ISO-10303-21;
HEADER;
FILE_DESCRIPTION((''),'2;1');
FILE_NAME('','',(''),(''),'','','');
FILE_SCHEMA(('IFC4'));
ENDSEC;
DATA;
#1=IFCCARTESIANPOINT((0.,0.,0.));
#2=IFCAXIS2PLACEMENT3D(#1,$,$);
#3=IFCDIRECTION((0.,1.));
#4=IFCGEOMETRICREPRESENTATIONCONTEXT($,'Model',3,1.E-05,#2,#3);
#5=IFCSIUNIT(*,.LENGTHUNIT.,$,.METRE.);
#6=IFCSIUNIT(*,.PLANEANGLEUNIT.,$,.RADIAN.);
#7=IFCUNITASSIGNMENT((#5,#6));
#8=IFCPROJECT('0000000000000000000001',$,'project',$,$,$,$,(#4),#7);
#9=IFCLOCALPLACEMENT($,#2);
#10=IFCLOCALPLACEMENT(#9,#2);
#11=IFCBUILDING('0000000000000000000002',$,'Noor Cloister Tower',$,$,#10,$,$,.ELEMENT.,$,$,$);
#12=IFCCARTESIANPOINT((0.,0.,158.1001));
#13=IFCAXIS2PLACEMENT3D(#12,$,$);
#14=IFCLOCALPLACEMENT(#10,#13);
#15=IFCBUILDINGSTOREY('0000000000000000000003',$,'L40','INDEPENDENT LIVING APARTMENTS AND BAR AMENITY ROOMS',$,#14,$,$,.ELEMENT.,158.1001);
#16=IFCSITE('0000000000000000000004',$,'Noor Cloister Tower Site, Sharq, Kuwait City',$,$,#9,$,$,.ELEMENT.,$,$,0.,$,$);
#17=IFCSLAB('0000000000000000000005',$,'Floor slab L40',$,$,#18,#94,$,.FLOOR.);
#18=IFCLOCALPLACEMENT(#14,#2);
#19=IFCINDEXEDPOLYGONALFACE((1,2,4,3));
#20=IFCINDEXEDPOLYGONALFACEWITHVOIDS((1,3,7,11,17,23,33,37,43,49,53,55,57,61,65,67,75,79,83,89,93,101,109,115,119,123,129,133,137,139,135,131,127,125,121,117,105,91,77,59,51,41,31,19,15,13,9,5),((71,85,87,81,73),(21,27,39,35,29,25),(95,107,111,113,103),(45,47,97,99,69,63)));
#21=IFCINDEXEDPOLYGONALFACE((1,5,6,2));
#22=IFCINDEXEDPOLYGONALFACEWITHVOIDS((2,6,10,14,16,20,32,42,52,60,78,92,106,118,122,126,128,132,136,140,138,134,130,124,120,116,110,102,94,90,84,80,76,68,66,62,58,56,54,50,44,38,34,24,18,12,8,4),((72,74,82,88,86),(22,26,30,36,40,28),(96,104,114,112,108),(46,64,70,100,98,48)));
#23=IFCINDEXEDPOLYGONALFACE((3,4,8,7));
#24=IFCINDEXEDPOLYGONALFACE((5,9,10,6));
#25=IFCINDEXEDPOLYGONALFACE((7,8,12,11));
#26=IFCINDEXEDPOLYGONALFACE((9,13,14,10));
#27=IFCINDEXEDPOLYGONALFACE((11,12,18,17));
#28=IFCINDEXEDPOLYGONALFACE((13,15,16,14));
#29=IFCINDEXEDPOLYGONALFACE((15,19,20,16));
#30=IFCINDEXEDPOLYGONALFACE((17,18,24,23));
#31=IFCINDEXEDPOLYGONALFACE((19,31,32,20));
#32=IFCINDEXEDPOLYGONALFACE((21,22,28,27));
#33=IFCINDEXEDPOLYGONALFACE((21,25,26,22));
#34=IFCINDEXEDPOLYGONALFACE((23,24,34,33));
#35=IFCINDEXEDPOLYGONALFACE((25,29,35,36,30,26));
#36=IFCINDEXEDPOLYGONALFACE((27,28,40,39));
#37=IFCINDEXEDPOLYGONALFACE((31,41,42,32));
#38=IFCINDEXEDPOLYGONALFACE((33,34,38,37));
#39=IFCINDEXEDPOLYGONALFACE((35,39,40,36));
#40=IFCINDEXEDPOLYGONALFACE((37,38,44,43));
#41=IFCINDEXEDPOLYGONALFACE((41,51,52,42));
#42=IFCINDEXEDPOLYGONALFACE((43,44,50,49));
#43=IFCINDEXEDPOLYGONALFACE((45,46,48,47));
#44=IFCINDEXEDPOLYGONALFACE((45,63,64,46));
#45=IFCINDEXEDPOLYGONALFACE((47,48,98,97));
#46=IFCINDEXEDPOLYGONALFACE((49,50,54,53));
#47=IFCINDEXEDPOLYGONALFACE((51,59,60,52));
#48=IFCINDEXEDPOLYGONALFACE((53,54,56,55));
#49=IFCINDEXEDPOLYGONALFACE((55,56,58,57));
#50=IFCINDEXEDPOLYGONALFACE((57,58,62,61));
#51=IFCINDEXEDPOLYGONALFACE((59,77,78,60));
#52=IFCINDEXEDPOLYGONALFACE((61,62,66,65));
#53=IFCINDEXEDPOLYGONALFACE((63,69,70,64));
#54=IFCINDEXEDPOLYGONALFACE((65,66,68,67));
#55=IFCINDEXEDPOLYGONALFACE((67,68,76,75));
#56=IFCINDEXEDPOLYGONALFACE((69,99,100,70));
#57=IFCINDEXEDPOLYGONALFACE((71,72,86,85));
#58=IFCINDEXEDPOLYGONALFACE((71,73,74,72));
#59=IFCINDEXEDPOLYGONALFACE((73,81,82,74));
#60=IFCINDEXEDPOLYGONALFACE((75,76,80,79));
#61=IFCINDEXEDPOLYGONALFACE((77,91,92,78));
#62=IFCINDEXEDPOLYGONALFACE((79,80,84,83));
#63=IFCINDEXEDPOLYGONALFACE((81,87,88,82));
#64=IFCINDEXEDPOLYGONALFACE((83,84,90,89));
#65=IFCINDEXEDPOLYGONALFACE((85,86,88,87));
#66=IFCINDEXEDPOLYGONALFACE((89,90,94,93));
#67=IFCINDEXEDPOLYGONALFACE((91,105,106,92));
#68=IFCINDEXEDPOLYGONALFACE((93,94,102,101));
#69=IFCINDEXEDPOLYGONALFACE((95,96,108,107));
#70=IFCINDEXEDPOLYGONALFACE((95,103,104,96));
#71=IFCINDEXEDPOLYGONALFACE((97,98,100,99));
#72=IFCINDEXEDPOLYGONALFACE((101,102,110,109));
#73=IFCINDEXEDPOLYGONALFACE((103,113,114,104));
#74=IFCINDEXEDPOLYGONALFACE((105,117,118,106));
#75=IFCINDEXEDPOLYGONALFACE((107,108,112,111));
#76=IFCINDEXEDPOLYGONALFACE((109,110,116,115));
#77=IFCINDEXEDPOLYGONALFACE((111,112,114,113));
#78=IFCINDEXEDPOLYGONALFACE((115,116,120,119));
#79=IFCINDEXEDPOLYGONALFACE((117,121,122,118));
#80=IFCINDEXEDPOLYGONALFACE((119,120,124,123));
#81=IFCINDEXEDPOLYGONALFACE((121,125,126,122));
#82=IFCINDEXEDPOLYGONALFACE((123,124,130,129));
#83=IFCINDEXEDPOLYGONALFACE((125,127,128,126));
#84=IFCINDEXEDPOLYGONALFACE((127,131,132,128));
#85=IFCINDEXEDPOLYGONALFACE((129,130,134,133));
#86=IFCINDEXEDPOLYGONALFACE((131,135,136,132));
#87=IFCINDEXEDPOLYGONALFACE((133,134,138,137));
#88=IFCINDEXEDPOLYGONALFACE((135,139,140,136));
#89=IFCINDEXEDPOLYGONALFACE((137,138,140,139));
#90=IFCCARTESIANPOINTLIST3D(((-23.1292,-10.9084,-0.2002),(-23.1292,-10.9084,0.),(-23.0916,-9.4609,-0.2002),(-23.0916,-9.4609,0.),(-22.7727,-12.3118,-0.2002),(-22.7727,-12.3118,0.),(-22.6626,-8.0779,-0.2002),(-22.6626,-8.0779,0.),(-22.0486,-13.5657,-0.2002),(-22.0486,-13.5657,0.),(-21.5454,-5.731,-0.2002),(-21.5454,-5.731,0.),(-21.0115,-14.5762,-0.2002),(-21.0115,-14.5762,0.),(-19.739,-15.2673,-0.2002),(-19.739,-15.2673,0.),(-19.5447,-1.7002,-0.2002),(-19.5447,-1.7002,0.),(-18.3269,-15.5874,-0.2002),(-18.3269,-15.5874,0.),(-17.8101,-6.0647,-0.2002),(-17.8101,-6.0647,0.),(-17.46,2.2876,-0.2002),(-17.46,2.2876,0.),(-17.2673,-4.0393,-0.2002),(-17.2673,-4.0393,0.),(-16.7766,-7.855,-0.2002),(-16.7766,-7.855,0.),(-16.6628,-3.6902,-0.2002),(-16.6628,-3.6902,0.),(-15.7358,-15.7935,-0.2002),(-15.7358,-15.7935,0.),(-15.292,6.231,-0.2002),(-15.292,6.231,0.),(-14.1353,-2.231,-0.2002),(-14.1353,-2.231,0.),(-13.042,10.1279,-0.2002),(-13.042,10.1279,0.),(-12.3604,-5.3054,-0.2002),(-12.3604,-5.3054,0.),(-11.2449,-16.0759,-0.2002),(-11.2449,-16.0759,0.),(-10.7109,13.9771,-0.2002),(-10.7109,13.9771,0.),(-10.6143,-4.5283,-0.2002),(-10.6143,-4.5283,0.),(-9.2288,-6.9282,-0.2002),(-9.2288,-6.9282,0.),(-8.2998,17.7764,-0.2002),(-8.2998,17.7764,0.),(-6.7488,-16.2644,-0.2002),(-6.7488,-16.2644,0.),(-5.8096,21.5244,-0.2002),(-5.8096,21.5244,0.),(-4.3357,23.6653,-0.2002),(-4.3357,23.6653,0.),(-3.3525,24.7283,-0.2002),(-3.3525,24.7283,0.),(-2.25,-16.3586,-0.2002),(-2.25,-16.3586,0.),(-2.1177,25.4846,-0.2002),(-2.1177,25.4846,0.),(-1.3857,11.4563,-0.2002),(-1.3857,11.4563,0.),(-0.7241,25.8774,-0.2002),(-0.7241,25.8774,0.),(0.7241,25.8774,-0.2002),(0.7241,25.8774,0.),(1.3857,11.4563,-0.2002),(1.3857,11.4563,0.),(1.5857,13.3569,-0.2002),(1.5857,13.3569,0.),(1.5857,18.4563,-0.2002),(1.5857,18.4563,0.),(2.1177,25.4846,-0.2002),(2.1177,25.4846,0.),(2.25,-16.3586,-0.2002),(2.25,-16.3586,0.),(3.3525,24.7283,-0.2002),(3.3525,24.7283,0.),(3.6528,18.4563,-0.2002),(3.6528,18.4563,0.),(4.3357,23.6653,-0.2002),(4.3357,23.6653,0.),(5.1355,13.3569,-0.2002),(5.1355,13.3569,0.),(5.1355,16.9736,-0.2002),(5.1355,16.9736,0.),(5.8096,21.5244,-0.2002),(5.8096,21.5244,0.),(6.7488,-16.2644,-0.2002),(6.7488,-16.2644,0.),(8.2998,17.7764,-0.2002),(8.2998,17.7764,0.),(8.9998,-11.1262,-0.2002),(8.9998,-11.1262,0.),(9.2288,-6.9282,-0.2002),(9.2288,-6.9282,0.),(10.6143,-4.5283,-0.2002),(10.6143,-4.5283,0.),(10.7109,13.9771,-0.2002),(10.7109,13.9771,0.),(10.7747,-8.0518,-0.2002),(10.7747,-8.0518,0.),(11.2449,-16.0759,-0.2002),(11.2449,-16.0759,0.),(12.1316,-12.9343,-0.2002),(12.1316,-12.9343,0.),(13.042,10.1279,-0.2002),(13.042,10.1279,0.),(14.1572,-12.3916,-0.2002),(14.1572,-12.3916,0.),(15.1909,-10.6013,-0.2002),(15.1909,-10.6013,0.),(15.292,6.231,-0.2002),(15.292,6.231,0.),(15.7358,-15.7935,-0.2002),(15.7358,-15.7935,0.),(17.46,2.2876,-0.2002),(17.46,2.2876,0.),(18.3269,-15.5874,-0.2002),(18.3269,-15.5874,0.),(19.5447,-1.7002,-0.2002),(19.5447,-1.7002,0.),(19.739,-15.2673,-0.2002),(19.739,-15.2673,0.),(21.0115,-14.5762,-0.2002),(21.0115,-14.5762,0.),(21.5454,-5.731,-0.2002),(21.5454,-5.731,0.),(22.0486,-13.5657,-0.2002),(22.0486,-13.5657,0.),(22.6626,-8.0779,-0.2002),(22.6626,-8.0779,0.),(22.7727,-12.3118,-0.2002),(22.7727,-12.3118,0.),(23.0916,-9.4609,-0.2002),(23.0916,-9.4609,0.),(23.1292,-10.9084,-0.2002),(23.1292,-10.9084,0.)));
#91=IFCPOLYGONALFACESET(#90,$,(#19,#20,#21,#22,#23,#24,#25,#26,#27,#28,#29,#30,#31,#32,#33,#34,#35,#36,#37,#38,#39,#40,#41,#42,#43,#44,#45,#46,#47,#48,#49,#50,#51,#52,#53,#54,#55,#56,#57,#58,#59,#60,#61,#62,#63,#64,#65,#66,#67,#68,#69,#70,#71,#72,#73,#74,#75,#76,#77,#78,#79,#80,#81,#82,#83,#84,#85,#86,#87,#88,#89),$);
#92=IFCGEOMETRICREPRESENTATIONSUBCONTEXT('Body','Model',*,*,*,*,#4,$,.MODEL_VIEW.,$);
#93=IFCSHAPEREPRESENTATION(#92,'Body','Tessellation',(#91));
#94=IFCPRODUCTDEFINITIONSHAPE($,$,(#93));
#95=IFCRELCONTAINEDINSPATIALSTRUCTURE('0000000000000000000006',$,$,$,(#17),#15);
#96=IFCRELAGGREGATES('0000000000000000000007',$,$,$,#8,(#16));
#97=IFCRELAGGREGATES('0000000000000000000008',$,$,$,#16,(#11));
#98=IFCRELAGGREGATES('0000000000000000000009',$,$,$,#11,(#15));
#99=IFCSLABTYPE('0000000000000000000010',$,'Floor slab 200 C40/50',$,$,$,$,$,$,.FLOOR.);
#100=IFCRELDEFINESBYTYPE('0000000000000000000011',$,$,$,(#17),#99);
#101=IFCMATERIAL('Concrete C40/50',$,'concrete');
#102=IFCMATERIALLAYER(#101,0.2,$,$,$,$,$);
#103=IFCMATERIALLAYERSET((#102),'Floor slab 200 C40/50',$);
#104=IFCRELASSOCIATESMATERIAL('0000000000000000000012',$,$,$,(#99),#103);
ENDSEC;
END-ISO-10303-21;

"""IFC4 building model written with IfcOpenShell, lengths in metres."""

from ifc_helpers import new_model, si_unit, direction, frame, origin, place, context, subcontext, project, spatial, polyline, outline, extrude, material, layer, layer_set, type_object, element, save


model = new_model("IFC4")

# Units and contexts
model_context = context("Model", 3, precision=1e-05, world=origin(), true_north=direction((0.0, 1.0)))
body_context = subcontext(model_context, "Body", "Model", "MODEL_VIEW")
ifc_project = project(units=[si_unit("LENGTHUNIT", "METRE"), si_unit("PLANEANGLEUNIT", "RADIAN")], contexts=[model_context])

# Site, building, storey
site_placement = place(None, origin())
site = spatial("IfcSite", under=ifc_project, at=site_placement, Name="Noor Cloister Tower Site, Sharq, Kuwait City", CompositionType="ELEMENT", RefElevation=0.0)
building_placement = place(site_placement, origin())
building = spatial("IfcBuilding", under=site, at=building_placement, Name="Noor Cloister Tower", CompositionType="ELEMENT")
storey_placement = place(building_placement, frame((0.0, 0.0, 158.1001)))
storey = spatial("IfcBuildingStorey", under=building, at=storey_placement, Name="L40", Description="INDEPENDENT LIVING APARTMENTS AND BAR AMENITY ROOMS", CompositionType="ELEMENT", Elevation=158.1001)

# Slab
ifc_material_1 = material(Name="Concrete C40/50", Category="concrete")
ifc_layer_1 = layer(ifc_material_1, 0.2)
ifc_layer_set_1 = layer_set([ifc_layer_1], Name="Floor slab 200 C40/50")
slab_type_1 = type_object("IfcSlabType", Name="Floor slab 200 C40/50", PredefinedType="FLOOR", material=ifc_layer_set_1)
slab_1_placement = place(storey_placement, frame((0.0, 0.0, -0.2002)))
element("IfcSlab", 1, at=slab_1_placement, inside=storey, type_object=slab_type_1, Name="Floor slab L40", PredefinedType="FLOOR", context=body_context, shape_type="SweptSolid", body=[
    extrude(outline(polyline([(4.3357, 23.6653), (3.3525, 24.7283), (2.1177, 25.4846), (0.7241, 25.8774), (-0.7241, 25.8774), (-2.1177, 25.4846), (-3.3525, 24.7283), (-4.3357, 23.6653), (-5.8096, 21.5244), (-8.2998, 17.7764), (-10.7109, 13.9771), (-13.042, 10.1279), (-15.292, 6.231), (-17.46, 2.2876), (-19.5447, -1.7002), (-21.5454, -5.731), (-22.6626, -8.0779), (-23.0916, -9.4609), (-23.1292, -10.9084), (-22.7727, -12.3118), (-22.0486, -13.5657), (-21.0115, -14.5762), (-19.739, -15.2673), (-18.3269, -15.5874), (-15.7358, -15.7935), (-11.2449, -16.0759), (-6.7488, -16.2644), (-2.25, -16.3586), (2.25, -16.3586), (6.7488, -16.2644), (11.2449, -16.0759), (15.7358, -15.7935), (18.3269, -15.5874), (19.739, -15.2673), (21.0115, -14.5762), (22.0486, -13.5657), (22.7727, -12.3118), (23.1292, -10.9084), (23.0916, -9.4609), (22.6626, -8.0779), (21.5454, -5.731), (19.5447, -1.7002), (17.46, 2.2876), (15.292, 6.231), (13.042, 10.1279), (10.7109, 13.9771), (8.2998, 17.7764), (5.8096, 21.5244), (4.3357, 23.6653)]), holes=[polyline([(8.9998, -11.1262), (12.1316, -12.9343), (14.1572, -12.3916), (15.1909, -10.6013), (10.7747, -8.0518), (8.9998, -11.1262)]), polyline([(-17.8101, -6.0647), (-16.7766, -7.855), (-12.3604, -5.3054), (-14.1353, -2.231), (-16.6628, -3.6902), (-17.2673, -4.0393), (-17.8101, -6.0647)]), polyline([(-10.6143, -4.5283), (-9.2288, -6.9282), (9.2288, -6.9282), (10.6143, -4.5283), (1.3857, 11.4563), (-1.3857, 11.4563), (-10.6143, -4.5283)]), polyline([(3.6528, 18.4563), (1.5857, 18.4563), (1.5857, 13.3569), (5.1355, 13.3569), (5.1355, 16.9736), (3.6528, 18.4563)])]), origin(), (0.0, 0.0, 1.0), 0.2002),
])

save(model, "model.ifc")
